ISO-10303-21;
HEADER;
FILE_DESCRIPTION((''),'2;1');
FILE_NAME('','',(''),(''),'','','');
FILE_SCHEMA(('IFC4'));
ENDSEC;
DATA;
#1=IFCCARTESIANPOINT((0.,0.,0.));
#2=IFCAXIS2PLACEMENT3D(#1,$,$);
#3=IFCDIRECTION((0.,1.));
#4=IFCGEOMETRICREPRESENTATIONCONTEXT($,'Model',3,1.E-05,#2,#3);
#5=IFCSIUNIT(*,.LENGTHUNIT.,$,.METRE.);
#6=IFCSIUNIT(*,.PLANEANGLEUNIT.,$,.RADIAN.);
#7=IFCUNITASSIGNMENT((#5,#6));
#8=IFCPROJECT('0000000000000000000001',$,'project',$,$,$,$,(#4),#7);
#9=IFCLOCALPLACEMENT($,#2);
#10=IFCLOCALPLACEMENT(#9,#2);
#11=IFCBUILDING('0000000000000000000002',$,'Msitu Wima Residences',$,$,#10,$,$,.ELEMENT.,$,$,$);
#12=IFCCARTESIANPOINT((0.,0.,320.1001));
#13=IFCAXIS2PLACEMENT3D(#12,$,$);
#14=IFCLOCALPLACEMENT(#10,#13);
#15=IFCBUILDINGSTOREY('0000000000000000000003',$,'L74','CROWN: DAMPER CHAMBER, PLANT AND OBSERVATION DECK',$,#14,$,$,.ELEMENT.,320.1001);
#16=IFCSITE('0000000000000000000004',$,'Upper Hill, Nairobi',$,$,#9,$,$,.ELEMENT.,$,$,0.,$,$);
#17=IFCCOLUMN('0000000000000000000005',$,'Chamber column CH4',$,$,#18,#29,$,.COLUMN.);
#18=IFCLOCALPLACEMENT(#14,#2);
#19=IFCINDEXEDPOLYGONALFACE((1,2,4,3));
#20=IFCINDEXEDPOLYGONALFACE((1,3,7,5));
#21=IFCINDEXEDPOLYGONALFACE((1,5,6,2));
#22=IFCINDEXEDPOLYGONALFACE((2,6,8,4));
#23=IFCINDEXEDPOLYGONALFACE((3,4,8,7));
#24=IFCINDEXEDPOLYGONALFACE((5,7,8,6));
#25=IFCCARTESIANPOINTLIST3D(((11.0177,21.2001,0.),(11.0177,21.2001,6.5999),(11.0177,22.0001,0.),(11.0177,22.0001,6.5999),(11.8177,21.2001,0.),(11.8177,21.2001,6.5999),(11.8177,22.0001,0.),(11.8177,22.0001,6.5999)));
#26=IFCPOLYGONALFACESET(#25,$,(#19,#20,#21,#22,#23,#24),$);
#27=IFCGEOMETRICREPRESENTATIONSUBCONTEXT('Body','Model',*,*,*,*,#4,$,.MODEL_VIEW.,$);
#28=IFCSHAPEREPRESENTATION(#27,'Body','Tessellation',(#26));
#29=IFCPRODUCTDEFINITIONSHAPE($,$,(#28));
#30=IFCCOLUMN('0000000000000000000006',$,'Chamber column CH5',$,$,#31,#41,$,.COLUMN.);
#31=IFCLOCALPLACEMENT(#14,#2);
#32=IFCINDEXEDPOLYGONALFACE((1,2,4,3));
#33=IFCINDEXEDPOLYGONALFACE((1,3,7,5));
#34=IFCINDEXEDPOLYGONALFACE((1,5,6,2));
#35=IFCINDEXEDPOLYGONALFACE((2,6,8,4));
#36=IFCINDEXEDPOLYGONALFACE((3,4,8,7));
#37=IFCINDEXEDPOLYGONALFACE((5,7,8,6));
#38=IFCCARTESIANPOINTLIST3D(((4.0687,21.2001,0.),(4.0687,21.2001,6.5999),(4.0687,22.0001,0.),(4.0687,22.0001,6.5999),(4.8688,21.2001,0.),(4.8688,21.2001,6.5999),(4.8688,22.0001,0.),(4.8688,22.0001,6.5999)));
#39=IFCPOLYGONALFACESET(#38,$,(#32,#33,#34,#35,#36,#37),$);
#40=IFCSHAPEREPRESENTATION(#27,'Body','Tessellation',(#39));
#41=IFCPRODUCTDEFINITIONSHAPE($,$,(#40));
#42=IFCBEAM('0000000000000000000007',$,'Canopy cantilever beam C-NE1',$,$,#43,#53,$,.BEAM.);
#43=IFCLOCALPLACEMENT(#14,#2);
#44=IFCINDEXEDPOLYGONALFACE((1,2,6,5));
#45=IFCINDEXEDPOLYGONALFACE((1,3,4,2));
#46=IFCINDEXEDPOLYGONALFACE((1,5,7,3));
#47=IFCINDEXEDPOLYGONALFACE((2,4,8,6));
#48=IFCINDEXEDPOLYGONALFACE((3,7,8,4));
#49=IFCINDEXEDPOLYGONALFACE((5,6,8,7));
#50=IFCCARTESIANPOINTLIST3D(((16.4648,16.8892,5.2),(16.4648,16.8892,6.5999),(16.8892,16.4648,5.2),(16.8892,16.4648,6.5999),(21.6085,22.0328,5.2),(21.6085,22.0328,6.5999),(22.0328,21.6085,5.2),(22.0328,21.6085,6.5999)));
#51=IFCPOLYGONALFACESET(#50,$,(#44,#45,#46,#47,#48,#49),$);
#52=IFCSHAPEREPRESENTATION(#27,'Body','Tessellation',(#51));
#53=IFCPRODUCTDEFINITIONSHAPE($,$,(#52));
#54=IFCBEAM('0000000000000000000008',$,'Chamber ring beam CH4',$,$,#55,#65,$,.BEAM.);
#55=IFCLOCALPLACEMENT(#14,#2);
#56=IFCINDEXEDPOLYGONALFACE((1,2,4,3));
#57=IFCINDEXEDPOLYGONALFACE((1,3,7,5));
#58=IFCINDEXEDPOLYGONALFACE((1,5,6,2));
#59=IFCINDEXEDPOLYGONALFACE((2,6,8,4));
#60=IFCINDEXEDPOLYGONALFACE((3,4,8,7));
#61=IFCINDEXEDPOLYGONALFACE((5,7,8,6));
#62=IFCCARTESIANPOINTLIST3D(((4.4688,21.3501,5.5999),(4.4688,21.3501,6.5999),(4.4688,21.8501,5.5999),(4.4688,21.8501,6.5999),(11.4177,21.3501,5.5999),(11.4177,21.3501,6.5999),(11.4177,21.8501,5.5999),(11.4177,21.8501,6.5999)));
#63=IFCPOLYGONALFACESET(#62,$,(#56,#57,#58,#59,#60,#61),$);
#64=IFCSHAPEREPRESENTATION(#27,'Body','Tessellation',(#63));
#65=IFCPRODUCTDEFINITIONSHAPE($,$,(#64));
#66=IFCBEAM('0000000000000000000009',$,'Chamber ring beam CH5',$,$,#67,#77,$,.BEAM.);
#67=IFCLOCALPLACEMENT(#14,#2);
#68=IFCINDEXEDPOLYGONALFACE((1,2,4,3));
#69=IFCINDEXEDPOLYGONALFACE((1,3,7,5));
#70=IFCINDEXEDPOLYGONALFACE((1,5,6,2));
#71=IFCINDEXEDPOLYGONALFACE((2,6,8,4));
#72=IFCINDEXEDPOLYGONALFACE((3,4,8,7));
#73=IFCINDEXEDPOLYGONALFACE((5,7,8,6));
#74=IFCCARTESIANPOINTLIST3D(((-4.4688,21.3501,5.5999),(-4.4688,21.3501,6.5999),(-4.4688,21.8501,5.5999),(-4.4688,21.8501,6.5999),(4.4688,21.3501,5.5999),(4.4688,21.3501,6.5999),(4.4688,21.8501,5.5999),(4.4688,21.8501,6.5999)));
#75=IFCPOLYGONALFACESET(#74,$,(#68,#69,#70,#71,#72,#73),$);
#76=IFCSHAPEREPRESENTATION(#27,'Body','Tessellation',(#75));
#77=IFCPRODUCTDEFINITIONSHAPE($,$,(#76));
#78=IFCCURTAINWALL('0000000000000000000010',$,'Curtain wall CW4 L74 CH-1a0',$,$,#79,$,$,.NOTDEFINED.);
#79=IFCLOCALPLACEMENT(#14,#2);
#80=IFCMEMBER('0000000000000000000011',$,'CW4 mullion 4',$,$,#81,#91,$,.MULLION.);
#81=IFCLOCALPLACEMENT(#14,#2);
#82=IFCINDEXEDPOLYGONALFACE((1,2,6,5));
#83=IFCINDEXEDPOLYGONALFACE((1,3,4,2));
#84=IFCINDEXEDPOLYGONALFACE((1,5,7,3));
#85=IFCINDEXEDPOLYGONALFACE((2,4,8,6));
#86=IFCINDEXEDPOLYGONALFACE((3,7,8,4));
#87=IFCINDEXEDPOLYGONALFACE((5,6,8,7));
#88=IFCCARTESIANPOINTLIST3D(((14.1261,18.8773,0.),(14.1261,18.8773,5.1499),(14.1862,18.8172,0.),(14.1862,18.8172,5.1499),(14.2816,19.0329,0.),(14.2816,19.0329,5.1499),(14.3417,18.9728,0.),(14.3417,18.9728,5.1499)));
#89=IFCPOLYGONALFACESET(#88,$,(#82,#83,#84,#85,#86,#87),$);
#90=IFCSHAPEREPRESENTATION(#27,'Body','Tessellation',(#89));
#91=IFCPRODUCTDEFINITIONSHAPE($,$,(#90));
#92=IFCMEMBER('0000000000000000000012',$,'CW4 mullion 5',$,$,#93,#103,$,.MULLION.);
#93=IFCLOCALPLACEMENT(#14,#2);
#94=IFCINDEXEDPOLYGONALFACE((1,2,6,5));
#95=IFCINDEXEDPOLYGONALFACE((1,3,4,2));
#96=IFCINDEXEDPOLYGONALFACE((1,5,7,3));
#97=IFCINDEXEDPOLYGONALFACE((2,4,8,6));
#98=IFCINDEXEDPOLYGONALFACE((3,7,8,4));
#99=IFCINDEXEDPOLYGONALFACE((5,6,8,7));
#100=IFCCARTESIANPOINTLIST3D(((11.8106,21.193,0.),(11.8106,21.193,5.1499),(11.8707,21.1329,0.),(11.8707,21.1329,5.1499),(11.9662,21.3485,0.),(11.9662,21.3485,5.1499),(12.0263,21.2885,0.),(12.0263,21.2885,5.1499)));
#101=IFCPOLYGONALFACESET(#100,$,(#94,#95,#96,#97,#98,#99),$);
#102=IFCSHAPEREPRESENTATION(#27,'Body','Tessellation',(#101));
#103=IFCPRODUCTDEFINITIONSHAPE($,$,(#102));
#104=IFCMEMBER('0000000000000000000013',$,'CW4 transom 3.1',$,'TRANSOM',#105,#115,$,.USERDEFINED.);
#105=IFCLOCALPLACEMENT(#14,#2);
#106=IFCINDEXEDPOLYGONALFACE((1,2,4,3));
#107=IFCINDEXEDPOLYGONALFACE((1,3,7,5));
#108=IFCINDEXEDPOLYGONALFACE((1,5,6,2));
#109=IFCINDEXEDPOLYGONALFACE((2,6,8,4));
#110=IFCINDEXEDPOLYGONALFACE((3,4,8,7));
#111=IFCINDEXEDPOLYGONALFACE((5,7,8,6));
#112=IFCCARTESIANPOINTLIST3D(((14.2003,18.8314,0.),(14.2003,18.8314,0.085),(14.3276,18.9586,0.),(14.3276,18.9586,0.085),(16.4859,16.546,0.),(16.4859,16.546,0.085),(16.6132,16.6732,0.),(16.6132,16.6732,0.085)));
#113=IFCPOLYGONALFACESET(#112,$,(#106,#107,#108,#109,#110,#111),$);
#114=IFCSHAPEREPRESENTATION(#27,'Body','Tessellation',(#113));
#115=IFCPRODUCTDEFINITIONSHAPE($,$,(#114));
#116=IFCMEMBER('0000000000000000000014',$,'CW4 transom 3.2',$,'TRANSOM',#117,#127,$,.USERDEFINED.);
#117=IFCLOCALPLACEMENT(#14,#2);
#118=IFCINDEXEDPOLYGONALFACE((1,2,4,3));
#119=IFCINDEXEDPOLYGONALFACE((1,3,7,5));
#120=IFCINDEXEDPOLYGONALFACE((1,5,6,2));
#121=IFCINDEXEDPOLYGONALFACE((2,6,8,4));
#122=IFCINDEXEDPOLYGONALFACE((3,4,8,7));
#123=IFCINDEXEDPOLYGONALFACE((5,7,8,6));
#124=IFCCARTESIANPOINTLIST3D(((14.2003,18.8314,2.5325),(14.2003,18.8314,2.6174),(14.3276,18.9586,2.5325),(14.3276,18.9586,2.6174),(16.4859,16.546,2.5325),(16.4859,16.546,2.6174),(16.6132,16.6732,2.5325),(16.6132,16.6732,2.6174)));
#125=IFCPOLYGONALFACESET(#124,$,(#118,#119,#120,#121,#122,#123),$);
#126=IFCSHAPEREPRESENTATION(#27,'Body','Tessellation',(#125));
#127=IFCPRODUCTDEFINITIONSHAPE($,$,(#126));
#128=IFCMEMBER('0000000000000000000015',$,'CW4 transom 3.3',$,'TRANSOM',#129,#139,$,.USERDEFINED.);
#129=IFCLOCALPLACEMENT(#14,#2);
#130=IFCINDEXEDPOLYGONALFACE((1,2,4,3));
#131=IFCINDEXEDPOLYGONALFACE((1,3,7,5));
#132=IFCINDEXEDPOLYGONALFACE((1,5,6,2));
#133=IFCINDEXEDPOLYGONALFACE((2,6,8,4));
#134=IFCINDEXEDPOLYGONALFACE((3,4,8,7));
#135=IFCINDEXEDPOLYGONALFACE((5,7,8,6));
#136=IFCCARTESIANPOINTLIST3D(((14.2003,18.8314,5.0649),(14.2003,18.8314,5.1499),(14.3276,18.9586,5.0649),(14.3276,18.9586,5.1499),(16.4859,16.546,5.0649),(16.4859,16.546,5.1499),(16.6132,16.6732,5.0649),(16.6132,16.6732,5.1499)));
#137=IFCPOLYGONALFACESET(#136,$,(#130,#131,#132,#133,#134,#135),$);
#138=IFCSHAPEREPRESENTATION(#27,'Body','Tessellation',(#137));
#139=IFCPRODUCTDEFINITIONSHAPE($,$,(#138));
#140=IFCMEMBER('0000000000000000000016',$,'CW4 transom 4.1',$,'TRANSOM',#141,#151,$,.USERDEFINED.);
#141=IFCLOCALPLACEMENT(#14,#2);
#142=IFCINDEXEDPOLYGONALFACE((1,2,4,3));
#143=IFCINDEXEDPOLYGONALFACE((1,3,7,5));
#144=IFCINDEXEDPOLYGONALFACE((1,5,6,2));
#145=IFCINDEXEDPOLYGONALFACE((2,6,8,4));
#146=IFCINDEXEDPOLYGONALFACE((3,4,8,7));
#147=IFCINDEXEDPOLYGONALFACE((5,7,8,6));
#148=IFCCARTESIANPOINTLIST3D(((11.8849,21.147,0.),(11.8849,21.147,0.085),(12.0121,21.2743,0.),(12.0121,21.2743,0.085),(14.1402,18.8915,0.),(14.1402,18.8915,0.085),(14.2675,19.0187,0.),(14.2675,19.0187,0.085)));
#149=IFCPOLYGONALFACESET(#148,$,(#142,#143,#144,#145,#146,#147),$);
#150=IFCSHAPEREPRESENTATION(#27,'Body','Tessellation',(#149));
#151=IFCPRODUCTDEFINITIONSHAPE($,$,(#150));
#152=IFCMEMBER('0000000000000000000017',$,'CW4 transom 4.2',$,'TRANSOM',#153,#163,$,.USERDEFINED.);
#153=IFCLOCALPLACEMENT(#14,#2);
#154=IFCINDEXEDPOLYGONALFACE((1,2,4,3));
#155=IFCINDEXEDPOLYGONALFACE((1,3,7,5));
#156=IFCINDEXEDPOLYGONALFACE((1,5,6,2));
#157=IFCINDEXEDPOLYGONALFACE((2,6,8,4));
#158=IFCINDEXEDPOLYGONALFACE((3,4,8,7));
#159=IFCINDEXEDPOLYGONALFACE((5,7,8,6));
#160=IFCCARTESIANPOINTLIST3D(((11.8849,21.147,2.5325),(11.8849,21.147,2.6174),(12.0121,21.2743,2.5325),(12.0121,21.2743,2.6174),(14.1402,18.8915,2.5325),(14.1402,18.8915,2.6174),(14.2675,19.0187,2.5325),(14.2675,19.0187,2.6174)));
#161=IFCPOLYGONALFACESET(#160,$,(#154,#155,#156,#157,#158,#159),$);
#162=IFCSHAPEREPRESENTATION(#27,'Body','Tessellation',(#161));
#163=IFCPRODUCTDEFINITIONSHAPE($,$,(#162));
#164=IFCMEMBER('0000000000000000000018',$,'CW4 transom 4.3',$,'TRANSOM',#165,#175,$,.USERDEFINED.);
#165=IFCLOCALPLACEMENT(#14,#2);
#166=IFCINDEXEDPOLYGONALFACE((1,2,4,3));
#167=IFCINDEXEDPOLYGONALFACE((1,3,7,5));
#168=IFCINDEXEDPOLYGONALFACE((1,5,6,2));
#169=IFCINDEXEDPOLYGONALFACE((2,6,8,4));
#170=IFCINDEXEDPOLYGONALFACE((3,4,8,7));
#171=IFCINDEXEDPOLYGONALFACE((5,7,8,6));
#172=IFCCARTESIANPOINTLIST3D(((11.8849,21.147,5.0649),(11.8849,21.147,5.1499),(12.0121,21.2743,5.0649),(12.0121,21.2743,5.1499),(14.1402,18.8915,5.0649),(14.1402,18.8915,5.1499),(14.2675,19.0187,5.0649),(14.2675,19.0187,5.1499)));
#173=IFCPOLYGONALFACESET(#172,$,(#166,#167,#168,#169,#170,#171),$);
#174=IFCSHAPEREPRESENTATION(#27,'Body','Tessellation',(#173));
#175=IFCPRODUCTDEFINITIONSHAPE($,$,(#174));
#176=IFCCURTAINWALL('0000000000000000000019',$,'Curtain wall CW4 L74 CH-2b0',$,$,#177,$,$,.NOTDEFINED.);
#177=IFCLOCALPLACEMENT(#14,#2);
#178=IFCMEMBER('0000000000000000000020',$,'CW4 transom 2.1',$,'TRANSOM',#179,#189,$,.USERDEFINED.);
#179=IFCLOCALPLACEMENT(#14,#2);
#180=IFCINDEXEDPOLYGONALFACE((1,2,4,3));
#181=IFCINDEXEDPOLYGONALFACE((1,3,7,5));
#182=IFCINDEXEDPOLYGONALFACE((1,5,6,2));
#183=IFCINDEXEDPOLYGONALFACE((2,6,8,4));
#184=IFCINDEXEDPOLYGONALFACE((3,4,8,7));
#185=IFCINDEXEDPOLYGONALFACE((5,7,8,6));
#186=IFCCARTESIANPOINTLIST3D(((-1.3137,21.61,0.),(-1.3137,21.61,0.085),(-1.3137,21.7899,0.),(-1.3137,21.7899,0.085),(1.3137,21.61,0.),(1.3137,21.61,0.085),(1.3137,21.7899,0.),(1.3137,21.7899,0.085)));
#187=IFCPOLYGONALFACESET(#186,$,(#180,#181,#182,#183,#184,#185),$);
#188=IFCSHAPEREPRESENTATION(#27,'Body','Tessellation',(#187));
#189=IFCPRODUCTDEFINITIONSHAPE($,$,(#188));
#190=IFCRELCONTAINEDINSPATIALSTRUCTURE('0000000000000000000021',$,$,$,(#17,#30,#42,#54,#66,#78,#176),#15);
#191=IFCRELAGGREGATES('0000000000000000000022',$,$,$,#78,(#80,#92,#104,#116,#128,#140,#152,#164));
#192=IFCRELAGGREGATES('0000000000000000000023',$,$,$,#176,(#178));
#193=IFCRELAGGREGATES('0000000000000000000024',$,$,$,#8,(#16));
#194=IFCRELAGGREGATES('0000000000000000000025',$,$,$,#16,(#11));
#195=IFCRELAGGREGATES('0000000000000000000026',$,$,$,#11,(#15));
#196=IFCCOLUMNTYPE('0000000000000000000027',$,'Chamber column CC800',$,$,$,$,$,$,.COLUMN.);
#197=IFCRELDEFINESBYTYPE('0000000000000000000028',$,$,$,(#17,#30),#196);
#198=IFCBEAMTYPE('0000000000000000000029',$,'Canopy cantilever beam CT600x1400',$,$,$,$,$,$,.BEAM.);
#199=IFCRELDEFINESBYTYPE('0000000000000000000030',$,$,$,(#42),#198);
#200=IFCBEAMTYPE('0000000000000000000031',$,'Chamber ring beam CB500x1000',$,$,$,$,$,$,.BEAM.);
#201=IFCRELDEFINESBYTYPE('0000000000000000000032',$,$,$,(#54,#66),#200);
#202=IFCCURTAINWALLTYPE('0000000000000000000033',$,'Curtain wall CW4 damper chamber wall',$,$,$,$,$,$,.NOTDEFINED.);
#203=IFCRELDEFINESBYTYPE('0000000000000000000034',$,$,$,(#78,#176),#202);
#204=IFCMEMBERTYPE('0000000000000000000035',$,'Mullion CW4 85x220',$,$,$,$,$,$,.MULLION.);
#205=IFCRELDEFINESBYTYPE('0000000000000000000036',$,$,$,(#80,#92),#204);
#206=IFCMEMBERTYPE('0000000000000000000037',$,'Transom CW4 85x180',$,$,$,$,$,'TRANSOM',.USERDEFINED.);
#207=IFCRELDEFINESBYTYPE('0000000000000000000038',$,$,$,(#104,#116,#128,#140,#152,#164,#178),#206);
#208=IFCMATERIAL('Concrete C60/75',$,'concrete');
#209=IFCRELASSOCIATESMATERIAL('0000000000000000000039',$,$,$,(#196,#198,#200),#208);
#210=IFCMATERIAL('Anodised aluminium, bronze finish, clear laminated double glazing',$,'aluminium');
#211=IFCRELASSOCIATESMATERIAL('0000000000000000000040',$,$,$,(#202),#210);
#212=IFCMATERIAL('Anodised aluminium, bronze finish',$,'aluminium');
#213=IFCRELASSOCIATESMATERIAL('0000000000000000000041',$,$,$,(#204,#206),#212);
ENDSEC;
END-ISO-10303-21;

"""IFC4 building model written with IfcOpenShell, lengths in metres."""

from ifc_helpers import new_model, si_unit, direction, frame, origin, origin_2d, place, context, subcontext, project, spatial, rectangle, extrude, material, material_profile, profile_set, type_object, element, aggregate, save


model = new_model("IFC4")

# Units and contexts
model_context = context("Model", 3, precision=1e-05, world=origin(), true_north=direction((0.0, 1.0)))
body_context = subcontext(model_context, "Body", "Model", "MODEL_VIEW")
ifc_project = project(units=[si_unit("LENGTHUNIT", "METRE"), si_unit("PLANEANGLEUNIT", "RADIAN")], contexts=[model_context])

# Site, building, storey
site_placement = place(None, origin())
site = spatial("IfcSite", under=ifc_project, at=site_placement, Name="Upper Hill, Nairobi", CompositionType="ELEMENT", RefElevation=0.0)
building_placement = place(site_placement, origin())
building = spatial("IfcBuilding", under=site, at=building_placement, Name="Msitu Wima Residences", CompositionType="ELEMENT")
storey_placement = place(building_placement, frame((0.0, 0.0, 320.1001)))
storey = spatial("IfcBuildingStorey", under=building, at=storey_placement, Name="L74", Description="CROWN: DAMPER CHAMBER, PLANT AND OBSERVATION DECK", CompositionType="ELEMENT", Elevation=320.1001)

# Columns
ifc_material_1 = material(Name="Concrete C60/75", Category="concrete")
ifc_material_profile_1 = material_profile(ifc_material_1, rectangle(XDim=0.8, YDim=0.8, at=origin_2d()), Name="RC 800x800")
ifc_profile_set_1 = profile_set([ifc_material_profile_1], Name="Concrete C60/75")
column_type = type_object("IfcColumnType", Name="Chamber column CC800", PredefinedType="COLUMN", material=ifc_profile_set_1)
for number, where, z_axis, x_axis, name in (
    (1, (11.4177, 21.6001, 0.0), (0.0, 0.0, 1.0), (1.0, 0.0, 0.0), "Chamber column CH4"),
    (2, (4.4688, 21.6001, 0.0), (0.0, 0.0, 1.0), (1.0, 0.0, 0.0), "Chamber column CH5"),
):
    element("IfcColumn", number, at=place(storey_placement, frame(where, z_axis=z_axis, x_axis=x_axis)), inside=storey, type_object=column_type, Name=name, PredefinedType="COLUMN", context=body_context, shape_type="SweptSolid", body=[
        extrude(rectangle(XDim=0.8, YDim=0.8, at=origin_2d()), origin(), (0.0, 0.0, 1.0), 6.5999),
    ])

# Beams
ifc_material_profile_2 = material_profile(ifc_material_1, rectangle(XDim=0.6001, YDim=1.3999, at=origin_2d()), Name="RC 600x1400")
ifc_profile_set_2 = profile_set([ifc_material_profile_2], Name="Concrete C60/75")
beam_type_1 = type_object("IfcBeamType", Name="Canopy cantilever beam CT600x1400", PredefinedType="BEAM", material=ifc_profile_set_2)
beam_1_placement = place(storey_placement, frame((16.677, 16.677, 5.8999), z_axis=(0.707107, 0.707107, 0.0), x_axis=(-0.707107, 0.707107, 0.0)))
element("IfcBeam", 3, at=beam_1_placement, inside=storey, type_object=beam_type_1, Name="Canopy cantilever beam C-NE1", PredefinedType="BEAM", context=body_context, shape_type="SweptSolid", body=[
    extrude(rectangle(XDim=0.6001, YDim=1.3999, at=origin_2d()), origin(), (0.0, 0.0, 1.0), 7.2742),
])
ifc_material_profile_3 = material_profile(ifc_material_1, rectangle(XDim=0.5, YDim=1.0, at=origin_2d()), Name="RC 500x1000")
ifc_profile_set_3 = profile_set([ifc_material_profile_3], Name="Concrete C60/75")
beam_type_2 = type_object("IfcBeamType", Name="Chamber ring beam CB500x1000", PredefinedType="BEAM", material=ifc_profile_set_3)
beam_2_placement = place(storey_placement, frame((11.4177, 21.6001, 6.0999), z_axis=(-1.0, 0.0, 0.0), x_axis=(0.0, -1.0, 0.0)))
element("IfcBeam", 4, at=beam_2_placement, inside=storey, type_object=beam_type_2, Name="Chamber ring beam CH4", PredefinedType="BEAM", context=body_context, shape_type="SweptSolid", body=[
    extrude(rectangle(XDim=0.5, YDim=1.0, at=origin_2d()), origin(), (0.0, 0.0, 1.0), 6.949),
])
beam_3_placement = place(storey_placement, frame((4.4688, 21.6001, 6.0999), z_axis=(-1.0, 0.0, 0.0), x_axis=(0.0, -1.0, 0.0)))
element("IfcBeam", 5, at=beam_3_placement, inside=storey, type_object=beam_type_2, Name="Chamber ring beam CH5", PredefinedType="BEAM", context=body_context, shape_type="SweptSolid", body=[
    extrude(rectangle(XDim=0.5, YDim=1.0, at=origin_2d()), origin(), (0.0, 0.0, 1.0), 8.9375),
])

# Curtain walls, members
ifc_material_2 = material(Name="Anodised aluminium, bronze finish, clear laminated double glazing", Category="aluminium")
curtain_wall_type = type_object("IfcCurtainWallType", Name="Curtain wall CW4 damper chamber wall", PredefinedType="NOTDEFINED", material=ifc_material_2)
curtain_wall_1_placement = place(storey_placement, origin())
curtain_wall_1 = element("IfcCurtainWall", 6, at=curtain_wall_1_placement, inside=storey, type_object=curtain_wall_type, Name="Curtain wall CW4 L74 CH-1a0", PredefinedType="NOTDEFINED")
ifc_material_3 = material(Name="Anodised aluminium, bronze finish", Category="aluminium")
ifc_material_profile_4 = material_profile(ifc_material_3, rectangle(XDim=0.22, YDim=0.085, at=origin_2d()), Name="Mullion 85x220")
ifc_profile_set_4 = profile_set([ifc_material_profile_4], Name="Anodised aluminium, bronze finish")
member_type_1 = type_object("IfcMemberType", Name="Mullion CW4 85x220", PredefinedType="MULLION", material=ifc_profile_set_4)
member_1_placement = place(storey_placement, frame((14.2339, 18.925, 0.0), z_axis=(0.0, 0.0, 1.0), x_axis=(-0.707107, -0.707107, 0.0)))
member_1 = element("IfcMember", 7, at=member_1_placement, type_object=member_type_1, Name="CW4 mullion 4", PredefinedType="MULLION", context=body_context, shape_type="SweptSolid", body=[
    extrude(rectangle(XDim=0.22, YDim=0.085, at=origin_2d()), origin(), (0.0, 0.0, 1.0), 5.1499),
])
member_2_placement = place(storey_placement, frame((11.9185, 21.2407, 0.0), z_axis=(0.0, 0.0, 1.0), x_axis=(-0.707107, -0.707107, 0.0)))
member_2 = element("IfcMember", 8, at=member_2_placement, type_object=member_type_1, Name="CW4 mullion 5", PredefinedType="MULLION", context=body_context, shape_type="SweptSolid", body=[
    extrude(rectangle(XDim=0.22, YDim=0.085, at=origin_2d()), origin(), (0.0, 0.0, 1.0), 5.1499),
])
ifc_material_profile_5 = material_profile(ifc_material_3, rectangle(XDim=0.1799, YDim=0.085, at=origin_2d()), Name="Transom 85x180")
ifc_profile_set_5 = profile_set([ifc_material_profile_5], Name="Anodised aluminium, bronze finish")
member_type_2 = type_object("IfcMemberType", Name="Transom CW4 85x180", ElementType="TRANSOM", PredefinedType="USERDEFINED", material=ifc_profile_set_5)
member_3_placement = place(storey_placement, frame((16.5496, 16.6096, 0.0425), z_axis=(-0.707145, 0.707069, 0.0), x_axis=(-0.707069, -0.707145, 0.0)))
member_3 = element("IfcMember", 9, at=member_3_placement, type_object=member_type_2, Name="CW4 transom 3.1", ObjectType="TRANSOM", PredefinedType="USERDEFINED", context=body_context, shape_type="SweptSolid", body=[
    extrude(rectangle(XDim=0.1799, YDim=0.085, at=origin_2d()), origin(), (0.0, 0.0, 1.0), 3.2322),
])
member_4_placement = place(storey_placement, frame((16.5496, 16.6096, 2.575), z_axis=(-0.707145, 0.707069, 0.0), x_axis=(-0.707069, -0.707145, 0.0)))
member_4 = element("IfcMember", 10, at=member_4_placement, type_object=member_type_2, Name="CW4 transom 3.2", ObjectType="TRANSOM", PredefinedType="USERDEFINED", context=body_context, shape_type="SweptSolid", body=[
    extrude(rectangle(XDim=0.1799, YDim=0.085, at=origin_2d()), origin(), (0.0, 0.0, 1.0), 3.2322),
])
member_5_placement = place(storey_placement, frame((16.5496, 16.6096, 5.1074), z_axis=(-0.707145, 0.707069, 0.0), x_axis=(-0.707069, -0.707145, 0.0)))
member_5 = element("IfcMember", 11, at=member_5_placement, type_object=member_type_2, Name="CW4 transom 3.3", ObjectType="TRANSOM", PredefinedType="USERDEFINED", context=body_context, shape_type="SweptSolid", body=[
    extrude(rectangle(XDim=0.1799, YDim=0.085, at=origin_2d()), origin(), (0.0, 0.0, 1.0), 3.2322),
])
member_6_placement = place(storey_placement, frame((14.2039, 18.9551, 0.0425), z_axis=(-0.707069, 0.707145, 0.0), x_axis=(-0.707145, -0.707069, 0.0)))
member_6 = element("IfcMember", 12, at=member_6_placement, type_object=member_type_2, Name="CW4 transom 4.1", ObjectType="TRANSOM", PredefinedType="USERDEFINED", context=body_context, shape_type="SweptSolid", body=[
    extrude(rectangle(XDim=0.1799, YDim=0.085, at=origin_2d()), origin(), (0.0, 0.0, 1.0), 3.1897),
])
member_7_placement = place(storey_placement, frame((14.2039, 18.9551, 2.575), z_axis=(-0.707069, 0.707145, 0.0), x_axis=(-0.707145, -0.707069, 0.0)))
member_7 = element("IfcMember", 13, at=member_7_placement, type_object=member_type_2, Name="CW4 transom 4.2", ObjectType="TRANSOM", PredefinedType="USERDEFINED", context=body_context, shape_type="SweptSolid", body=[
    extrude(rectangle(XDim=0.1799, YDim=0.085, at=origin_2d()), origin(), (0.0, 0.0, 1.0), 3.1897),
])
member_8_placement = place(storey_placement, frame((14.2039, 18.9551, 5.1074), z_axis=(-0.707069, 0.707145, 0.0), x_axis=(-0.707145, -0.707069, 0.0)))
member_8 = element("IfcMember", 14, at=member_8_placement, type_object=member_type_2, Name="CW4 transom 4.3", ObjectType="TRANSOM", PredefinedType="USERDEFINED", context=body_context, shape_type="SweptSolid", body=[
    extrude(rectangle(XDim=0.1799, YDim=0.085, at=origin_2d()), origin(), (0.0, 0.0, 1.0), 3.1897),
])
curtain_wall_2_placement = place(storey_placement, origin())
curtain_wall_2 = element("IfcCurtainWall", 15, at=curtain_wall_2_placement, inside=storey, type_object=curtain_wall_type, Name="Curtain wall CW4 L74 CH-2b0", PredefinedType="NOTDEFINED")
member_9_placement = place(storey_placement, frame((1.3137, 21.7, 0.0425), z_axis=(-1.0, 0.0, 0.0), x_axis=(0.0, -1.0, 0.0)))
member_9 = element("IfcMember", 16, at=member_9_placement, type_object=member_type_2, Name="CW4 transom 2.1", ObjectType="TRANSOM", PredefinedType="USERDEFINED", context=body_context, shape_type="SweptSolid", body=[
    extrude(rectangle(XDim=0.1799, YDim=0.085, at=origin_2d()), origin(), (0.0, 0.0, 1.0), 2.6274),
])

aggregate(curtain_wall_1, [member_1, member_2, member_3, member_4, member_5, member_6, member_7, member_8])
aggregate(curtain_wall_2, [member_9])

save(model, "model.ifc")
